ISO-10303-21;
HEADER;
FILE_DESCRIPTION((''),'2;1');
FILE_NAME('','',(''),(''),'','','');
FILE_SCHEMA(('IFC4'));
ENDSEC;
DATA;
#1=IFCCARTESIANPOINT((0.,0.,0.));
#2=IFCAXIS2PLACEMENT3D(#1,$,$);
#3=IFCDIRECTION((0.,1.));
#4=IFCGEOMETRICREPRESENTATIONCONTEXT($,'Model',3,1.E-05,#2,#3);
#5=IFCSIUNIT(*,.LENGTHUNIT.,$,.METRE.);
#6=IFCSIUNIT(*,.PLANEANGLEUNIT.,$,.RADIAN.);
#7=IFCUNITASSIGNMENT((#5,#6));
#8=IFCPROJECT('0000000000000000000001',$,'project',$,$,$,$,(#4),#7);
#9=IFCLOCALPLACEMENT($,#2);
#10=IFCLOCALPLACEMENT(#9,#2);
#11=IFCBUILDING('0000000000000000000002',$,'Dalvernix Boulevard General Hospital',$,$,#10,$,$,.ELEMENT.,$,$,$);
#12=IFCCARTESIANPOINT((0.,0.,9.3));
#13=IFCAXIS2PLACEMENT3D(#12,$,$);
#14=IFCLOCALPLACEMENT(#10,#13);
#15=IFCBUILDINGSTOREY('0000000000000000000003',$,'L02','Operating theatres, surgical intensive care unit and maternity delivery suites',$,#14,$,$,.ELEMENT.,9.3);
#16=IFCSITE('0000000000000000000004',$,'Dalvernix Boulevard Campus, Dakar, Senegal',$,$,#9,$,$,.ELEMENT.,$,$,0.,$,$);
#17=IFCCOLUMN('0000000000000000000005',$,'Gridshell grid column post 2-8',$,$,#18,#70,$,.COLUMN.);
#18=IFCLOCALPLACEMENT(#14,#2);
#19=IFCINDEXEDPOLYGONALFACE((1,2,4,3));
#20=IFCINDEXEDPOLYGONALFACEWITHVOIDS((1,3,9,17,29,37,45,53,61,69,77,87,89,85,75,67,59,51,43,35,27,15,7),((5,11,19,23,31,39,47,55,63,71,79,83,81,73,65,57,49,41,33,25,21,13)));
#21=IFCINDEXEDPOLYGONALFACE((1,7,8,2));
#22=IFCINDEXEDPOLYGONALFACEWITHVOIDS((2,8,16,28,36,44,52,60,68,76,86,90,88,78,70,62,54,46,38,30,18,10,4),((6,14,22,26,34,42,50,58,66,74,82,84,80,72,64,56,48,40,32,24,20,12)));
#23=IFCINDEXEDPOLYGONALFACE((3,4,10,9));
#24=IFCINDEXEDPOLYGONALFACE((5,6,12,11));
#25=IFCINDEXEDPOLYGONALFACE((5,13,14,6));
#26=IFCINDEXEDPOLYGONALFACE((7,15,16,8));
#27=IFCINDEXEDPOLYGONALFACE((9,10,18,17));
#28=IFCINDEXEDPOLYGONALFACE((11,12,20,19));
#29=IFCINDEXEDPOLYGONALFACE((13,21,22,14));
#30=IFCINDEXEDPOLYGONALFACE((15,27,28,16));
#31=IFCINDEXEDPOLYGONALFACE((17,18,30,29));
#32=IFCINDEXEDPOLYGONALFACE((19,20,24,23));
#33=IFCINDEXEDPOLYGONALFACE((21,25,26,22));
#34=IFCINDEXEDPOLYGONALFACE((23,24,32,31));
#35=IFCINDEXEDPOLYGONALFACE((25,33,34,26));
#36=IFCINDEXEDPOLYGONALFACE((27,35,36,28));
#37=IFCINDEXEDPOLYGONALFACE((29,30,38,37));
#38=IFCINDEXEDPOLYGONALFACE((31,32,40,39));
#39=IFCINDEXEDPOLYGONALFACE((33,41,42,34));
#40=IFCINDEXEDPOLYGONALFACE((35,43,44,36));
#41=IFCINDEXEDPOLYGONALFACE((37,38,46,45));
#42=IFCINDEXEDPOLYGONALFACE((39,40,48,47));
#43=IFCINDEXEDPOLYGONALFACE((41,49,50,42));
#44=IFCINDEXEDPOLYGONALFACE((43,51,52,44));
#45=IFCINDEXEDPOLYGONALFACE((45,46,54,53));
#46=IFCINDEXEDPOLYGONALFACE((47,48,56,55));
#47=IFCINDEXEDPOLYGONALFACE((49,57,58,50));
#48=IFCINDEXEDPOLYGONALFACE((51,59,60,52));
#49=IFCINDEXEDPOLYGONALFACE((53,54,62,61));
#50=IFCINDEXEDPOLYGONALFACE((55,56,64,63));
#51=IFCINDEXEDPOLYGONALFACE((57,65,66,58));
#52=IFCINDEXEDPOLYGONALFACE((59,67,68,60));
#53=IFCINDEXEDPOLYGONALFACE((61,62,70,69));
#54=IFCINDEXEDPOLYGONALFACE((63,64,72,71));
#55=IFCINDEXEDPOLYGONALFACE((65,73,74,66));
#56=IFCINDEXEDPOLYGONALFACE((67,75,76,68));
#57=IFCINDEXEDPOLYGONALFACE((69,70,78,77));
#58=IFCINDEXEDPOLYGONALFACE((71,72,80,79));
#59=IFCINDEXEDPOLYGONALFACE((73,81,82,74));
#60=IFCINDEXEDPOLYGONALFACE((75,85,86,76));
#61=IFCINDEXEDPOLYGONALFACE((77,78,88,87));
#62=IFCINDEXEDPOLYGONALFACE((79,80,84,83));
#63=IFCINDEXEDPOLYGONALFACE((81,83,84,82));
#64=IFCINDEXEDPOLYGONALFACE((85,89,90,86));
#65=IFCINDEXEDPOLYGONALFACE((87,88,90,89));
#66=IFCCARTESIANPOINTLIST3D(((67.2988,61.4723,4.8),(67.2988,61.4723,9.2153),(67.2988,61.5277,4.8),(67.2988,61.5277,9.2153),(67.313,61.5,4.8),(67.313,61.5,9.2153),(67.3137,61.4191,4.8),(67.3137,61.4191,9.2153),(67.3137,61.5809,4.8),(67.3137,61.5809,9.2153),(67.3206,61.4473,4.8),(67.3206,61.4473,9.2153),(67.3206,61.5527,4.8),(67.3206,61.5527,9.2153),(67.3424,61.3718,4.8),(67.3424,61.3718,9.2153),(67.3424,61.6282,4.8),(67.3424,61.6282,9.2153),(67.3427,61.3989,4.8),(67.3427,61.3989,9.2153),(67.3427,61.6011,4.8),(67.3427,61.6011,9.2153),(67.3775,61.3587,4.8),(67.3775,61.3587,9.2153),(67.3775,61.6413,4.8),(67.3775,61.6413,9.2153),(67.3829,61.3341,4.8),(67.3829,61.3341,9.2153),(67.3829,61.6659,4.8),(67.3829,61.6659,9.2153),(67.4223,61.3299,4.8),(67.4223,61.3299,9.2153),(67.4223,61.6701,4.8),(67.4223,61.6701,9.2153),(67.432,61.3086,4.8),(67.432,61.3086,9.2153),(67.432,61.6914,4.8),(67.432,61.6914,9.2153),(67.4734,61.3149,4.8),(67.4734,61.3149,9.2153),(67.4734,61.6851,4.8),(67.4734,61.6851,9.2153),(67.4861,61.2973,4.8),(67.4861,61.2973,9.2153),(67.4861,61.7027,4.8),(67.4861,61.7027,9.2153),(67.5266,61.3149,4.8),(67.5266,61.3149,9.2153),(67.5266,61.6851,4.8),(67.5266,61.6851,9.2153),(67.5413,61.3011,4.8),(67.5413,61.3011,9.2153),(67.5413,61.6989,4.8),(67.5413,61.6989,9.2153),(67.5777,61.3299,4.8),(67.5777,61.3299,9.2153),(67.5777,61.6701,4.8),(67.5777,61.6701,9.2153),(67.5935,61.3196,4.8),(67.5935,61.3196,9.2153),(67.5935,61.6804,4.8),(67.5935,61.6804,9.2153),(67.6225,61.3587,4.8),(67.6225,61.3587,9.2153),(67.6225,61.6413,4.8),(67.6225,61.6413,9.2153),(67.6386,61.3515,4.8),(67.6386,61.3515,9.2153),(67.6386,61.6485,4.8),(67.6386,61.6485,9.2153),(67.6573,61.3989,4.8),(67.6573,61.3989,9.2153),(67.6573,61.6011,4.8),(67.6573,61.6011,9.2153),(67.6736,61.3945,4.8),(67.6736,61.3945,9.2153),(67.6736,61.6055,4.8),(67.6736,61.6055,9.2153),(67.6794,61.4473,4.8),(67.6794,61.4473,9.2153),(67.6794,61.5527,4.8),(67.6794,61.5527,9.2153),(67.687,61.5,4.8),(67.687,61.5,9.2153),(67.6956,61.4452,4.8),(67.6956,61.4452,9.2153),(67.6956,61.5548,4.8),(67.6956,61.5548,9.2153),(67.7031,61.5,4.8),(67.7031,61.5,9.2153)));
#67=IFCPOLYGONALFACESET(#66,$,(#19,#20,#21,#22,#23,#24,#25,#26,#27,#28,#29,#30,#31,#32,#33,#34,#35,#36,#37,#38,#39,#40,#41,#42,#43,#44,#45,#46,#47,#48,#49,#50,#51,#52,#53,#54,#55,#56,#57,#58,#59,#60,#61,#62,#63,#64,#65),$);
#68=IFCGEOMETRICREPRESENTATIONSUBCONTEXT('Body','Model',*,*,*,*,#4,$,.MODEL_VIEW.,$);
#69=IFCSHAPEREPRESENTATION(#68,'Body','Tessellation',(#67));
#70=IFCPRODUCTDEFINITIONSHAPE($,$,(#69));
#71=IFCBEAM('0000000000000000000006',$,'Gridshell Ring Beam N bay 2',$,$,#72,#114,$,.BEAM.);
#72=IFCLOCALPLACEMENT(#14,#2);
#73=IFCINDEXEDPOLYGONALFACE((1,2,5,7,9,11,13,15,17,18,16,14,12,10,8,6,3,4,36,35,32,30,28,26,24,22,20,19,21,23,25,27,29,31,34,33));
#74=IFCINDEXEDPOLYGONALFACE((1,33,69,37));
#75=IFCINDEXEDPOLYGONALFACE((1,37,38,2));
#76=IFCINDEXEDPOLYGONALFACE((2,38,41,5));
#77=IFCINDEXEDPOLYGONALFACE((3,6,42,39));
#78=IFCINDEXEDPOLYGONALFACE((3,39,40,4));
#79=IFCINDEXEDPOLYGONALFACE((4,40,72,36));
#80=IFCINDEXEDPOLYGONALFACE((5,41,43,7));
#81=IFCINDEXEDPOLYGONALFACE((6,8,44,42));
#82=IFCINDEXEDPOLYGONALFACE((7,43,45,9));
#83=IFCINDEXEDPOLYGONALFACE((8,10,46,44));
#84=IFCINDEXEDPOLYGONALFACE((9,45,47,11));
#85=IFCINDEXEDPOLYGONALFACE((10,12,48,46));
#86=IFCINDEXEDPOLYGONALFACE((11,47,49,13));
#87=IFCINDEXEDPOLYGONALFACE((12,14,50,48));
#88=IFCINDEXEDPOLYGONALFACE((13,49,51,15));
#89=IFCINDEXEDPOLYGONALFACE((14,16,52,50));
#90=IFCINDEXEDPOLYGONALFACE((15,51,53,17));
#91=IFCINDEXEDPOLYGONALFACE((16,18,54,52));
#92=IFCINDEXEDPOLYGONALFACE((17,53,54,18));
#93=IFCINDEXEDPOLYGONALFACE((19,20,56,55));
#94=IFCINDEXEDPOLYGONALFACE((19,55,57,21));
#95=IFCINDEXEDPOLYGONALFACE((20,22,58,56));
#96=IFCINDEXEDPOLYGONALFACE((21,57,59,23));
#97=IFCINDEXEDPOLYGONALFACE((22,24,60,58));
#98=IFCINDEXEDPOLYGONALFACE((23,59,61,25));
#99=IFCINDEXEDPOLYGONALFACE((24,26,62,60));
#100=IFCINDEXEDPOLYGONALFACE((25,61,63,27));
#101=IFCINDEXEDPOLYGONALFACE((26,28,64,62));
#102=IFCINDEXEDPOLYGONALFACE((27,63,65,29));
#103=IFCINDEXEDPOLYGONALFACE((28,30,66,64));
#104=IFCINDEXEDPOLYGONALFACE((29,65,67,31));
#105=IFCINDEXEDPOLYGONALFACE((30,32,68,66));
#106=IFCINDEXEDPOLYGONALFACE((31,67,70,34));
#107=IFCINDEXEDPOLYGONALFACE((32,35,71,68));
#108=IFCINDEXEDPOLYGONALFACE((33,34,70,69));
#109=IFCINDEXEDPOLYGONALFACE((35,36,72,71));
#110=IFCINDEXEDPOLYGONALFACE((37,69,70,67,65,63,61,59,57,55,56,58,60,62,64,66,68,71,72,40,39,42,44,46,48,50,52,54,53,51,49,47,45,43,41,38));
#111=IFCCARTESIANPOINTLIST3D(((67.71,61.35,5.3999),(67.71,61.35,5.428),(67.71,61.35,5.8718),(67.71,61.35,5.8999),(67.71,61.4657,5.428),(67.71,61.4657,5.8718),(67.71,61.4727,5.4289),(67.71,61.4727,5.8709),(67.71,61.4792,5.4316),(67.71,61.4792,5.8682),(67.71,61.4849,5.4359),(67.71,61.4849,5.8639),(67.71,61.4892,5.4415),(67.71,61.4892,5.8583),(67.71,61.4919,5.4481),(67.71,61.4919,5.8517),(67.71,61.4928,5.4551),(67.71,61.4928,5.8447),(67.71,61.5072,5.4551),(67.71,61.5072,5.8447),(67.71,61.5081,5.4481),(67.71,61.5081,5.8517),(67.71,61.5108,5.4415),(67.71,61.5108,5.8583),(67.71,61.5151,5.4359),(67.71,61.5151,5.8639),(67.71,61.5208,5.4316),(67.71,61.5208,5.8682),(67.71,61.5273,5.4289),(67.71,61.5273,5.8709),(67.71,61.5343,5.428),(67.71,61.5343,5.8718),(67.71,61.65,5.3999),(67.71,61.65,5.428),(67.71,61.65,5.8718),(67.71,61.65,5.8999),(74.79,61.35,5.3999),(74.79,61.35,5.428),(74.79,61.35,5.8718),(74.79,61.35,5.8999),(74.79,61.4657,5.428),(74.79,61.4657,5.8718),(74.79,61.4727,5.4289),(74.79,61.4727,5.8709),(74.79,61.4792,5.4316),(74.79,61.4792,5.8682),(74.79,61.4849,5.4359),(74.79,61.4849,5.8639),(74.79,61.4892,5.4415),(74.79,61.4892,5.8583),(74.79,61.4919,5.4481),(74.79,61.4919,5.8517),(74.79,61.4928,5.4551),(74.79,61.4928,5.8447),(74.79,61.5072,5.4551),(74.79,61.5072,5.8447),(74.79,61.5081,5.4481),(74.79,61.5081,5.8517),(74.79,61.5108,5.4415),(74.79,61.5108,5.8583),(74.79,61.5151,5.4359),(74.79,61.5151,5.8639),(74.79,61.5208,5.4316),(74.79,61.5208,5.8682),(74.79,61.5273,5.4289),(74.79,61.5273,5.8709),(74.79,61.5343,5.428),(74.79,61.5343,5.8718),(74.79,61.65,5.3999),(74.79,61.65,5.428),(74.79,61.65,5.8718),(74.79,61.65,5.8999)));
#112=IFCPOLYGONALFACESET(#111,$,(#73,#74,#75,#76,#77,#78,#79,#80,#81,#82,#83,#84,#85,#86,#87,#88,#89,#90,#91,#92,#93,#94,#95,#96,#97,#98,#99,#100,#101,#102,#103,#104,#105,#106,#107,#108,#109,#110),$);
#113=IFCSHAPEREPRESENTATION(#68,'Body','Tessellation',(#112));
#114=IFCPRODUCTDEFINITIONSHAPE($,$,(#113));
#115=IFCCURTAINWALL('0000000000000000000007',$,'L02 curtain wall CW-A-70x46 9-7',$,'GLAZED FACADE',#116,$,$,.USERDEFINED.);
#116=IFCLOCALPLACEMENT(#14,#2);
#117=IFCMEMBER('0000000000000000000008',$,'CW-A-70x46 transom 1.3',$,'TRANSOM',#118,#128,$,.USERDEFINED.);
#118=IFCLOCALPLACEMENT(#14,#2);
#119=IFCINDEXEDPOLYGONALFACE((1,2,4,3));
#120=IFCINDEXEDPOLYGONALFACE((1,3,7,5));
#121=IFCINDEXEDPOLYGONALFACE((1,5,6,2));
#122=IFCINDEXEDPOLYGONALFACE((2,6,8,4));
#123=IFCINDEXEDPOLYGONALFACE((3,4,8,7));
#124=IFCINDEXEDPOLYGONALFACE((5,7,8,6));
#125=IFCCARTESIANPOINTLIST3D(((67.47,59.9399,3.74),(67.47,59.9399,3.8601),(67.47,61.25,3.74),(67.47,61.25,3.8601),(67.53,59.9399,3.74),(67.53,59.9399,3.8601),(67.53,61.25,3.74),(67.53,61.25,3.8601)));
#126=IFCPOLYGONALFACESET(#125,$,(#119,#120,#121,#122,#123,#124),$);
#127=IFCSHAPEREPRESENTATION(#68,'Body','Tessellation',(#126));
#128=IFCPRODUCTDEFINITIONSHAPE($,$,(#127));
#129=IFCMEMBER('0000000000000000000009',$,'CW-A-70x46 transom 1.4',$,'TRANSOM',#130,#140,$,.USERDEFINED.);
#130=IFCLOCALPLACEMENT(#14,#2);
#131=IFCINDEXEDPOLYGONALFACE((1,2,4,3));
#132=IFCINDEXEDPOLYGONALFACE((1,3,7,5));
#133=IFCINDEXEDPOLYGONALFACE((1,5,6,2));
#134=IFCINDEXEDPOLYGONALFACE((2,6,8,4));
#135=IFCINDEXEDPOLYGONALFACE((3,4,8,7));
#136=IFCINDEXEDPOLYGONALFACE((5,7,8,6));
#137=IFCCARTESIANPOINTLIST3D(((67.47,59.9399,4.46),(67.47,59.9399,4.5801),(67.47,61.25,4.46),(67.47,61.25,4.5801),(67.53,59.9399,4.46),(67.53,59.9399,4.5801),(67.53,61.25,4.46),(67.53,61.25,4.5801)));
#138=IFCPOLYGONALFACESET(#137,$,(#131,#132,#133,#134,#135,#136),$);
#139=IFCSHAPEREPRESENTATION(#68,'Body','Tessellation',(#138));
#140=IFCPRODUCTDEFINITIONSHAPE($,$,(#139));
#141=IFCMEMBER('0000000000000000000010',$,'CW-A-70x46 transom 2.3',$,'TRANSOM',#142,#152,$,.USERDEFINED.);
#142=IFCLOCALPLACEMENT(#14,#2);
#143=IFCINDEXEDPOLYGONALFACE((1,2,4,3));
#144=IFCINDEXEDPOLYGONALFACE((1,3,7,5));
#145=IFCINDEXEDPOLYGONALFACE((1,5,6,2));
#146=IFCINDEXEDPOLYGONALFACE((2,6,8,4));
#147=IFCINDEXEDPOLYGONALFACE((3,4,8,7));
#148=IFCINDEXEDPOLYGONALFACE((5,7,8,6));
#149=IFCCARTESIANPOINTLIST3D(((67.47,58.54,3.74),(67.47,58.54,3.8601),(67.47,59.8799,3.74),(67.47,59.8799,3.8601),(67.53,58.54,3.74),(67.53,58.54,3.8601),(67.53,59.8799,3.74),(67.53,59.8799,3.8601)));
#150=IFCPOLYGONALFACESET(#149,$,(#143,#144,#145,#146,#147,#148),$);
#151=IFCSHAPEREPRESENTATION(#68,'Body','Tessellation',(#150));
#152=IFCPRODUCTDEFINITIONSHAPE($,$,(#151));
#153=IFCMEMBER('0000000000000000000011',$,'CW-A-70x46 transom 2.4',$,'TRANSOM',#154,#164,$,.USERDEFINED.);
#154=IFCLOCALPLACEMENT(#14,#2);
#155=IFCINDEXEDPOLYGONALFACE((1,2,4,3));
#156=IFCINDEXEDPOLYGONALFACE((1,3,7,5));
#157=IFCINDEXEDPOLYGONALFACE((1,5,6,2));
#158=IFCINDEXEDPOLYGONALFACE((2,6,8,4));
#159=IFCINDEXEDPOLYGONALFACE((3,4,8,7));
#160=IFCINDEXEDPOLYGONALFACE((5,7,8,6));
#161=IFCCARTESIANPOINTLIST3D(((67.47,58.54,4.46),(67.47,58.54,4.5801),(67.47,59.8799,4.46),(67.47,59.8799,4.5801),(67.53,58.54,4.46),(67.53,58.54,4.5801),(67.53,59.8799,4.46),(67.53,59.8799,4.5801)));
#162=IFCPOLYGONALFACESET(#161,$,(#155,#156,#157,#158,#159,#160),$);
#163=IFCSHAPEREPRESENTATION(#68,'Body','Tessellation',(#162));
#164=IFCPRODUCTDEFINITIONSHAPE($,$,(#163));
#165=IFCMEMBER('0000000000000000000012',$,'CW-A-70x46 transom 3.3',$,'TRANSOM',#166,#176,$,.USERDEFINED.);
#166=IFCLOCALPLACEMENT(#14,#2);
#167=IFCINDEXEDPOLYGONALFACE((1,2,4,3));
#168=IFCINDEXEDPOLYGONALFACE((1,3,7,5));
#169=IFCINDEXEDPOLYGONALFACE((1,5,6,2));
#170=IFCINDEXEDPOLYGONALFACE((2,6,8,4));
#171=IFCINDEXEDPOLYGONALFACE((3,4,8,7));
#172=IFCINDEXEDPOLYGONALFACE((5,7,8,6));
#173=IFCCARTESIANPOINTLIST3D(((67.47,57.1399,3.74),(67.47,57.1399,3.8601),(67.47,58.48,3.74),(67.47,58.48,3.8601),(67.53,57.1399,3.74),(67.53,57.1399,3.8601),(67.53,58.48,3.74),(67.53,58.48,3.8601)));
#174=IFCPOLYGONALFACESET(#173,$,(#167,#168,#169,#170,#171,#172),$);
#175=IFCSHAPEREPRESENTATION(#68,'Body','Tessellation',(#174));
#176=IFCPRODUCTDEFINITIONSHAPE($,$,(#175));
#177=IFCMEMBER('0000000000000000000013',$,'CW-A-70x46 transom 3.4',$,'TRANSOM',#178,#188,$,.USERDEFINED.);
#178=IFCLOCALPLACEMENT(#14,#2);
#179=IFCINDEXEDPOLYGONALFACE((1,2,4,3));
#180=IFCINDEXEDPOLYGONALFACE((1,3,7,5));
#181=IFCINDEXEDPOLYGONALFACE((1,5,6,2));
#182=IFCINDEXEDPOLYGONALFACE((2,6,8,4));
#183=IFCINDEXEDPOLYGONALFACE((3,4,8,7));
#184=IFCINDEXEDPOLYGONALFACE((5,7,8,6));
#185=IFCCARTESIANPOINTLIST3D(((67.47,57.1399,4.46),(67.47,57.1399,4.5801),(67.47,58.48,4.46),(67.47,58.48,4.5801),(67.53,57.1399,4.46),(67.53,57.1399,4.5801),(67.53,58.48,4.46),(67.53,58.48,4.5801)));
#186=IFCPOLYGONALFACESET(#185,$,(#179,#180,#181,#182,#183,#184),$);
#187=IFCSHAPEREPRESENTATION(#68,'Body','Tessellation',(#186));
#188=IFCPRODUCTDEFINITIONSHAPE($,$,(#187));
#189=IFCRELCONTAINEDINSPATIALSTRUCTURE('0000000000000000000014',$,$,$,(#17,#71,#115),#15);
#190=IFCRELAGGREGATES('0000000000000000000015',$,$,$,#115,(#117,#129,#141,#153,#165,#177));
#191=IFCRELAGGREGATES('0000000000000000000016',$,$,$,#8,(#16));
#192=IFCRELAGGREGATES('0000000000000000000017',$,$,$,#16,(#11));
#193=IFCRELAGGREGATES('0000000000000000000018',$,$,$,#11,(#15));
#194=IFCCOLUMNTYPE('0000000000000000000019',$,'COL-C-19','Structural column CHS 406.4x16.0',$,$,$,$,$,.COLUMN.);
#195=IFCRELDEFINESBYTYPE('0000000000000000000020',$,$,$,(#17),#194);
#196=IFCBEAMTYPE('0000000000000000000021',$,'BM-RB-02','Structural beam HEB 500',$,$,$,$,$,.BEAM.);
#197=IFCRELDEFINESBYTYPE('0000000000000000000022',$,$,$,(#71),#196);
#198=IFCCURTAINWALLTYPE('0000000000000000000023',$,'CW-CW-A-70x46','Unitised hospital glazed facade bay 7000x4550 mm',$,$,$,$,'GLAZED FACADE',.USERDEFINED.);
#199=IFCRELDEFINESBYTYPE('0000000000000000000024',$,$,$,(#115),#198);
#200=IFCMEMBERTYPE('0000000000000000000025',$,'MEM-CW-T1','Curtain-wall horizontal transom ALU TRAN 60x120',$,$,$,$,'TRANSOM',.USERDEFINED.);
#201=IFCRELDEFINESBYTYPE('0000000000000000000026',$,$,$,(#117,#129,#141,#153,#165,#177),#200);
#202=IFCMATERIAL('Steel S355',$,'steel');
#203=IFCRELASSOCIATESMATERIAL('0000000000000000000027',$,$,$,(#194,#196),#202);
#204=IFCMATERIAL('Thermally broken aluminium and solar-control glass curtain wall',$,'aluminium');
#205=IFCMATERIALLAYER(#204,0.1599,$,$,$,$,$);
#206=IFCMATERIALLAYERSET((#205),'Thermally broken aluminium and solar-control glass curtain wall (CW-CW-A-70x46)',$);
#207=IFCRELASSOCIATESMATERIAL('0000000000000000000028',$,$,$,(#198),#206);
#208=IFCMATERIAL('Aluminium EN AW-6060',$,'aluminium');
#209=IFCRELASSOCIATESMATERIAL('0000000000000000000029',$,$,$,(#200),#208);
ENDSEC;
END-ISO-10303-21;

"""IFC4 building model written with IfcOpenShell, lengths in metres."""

from ifc_helpers import new_model, si_unit, direction, frame, origin, origin_2d, place, context, subcontext, project, spatial, rectangle, hollow_circle, i_section, extrude, material, layer, layer_set, material_profile, profile_set, type_object, element, aggregate, save


model = new_model("IFC4")

# Units and contexts
model_context = context("Model", 3, precision=1e-05, world=origin(), true_north=direction((0.0, 1.0)))
body_context = subcontext(model_context, "Body", "Model", "MODEL_VIEW")
ifc_project = project(units=[si_unit("LENGTHUNIT", "METRE"), si_unit("PLANEANGLEUNIT", "RADIAN")], contexts=[model_context])

# Site, building, storey
site_placement = place(None, origin())
site = spatial("IfcSite", under=ifc_project, at=site_placement, Name="Dalvernix Boulevard Campus, Dakar, Senegal", CompositionType="ELEMENT", RefElevation=0.0)
building_placement = place(site_placement, origin())
building = spatial("IfcBuilding", under=site, at=building_placement, Name="Dalvernix Boulevard General Hospital", CompositionType="ELEMENT")
storey_placement = place(building_placement, frame((0.0, 0.0, 9.3)))
storey = spatial("IfcBuildingStorey", under=building, at=storey_placement, Name="L02", Description="Operating theatres, surgical intensive care unit and maternity delivery suites", CompositionType="ELEMENT", Elevation=9.3)

# Column
ifc_material_1 = material(Name="Steel S355", Category="steel")
ifc_material_profile_1 = material_profile(ifc_material_1, hollow_circle(Radius=0.2031, WallThickness=0.0161, at=origin_2d()), Name="CHS 406.4x16.0")
ifc_profile_set_1 = profile_set([ifc_material_profile_1], Name="Steel S355")
column_type = type_object("IfcColumnType", Name="COL-C-19", Description="Structural column CHS 406.4x16.0", PredefinedType="COLUMN", material=ifc_profile_set_1)
column_placement = place(storey_placement, frame((67.5, 61.5, 4.8), z_axis=(0.0, 0.0, 1.0), x_axis=(1.0, 0.0, 0.0)))
element("IfcColumn", 1, at=column_placement, inside=storey, type_object=column_type, Name="Gridshell grid column post 2-8", PredefinedType="COLUMN", context=body_context, shape_type="SweptSolid", body=[
    extrude(hollow_circle(Radius=0.2031, WallThickness=0.0161, at=origin_2d()), origin(), (0.0, 0.0, 1.0), 4.4153),
])

# Beam
ifc_material_profile_2 = material_profile(ifc_material_1, i_section(OverallWidth=0.3, OverallDepth=0.5, WebThickness=0.0144, FlangeThickness=0.0281, FilletRadius=0.0271, at=origin_2d()), Name="HEB 500")
ifc_profile_set_2 = profile_set([ifc_material_profile_2], Name="Steel S355")
beam_type = type_object("IfcBeamType", Name="BM-RB-02", Description="Structural beam HEB 500", PredefinedType="BEAM", material=ifc_profile_set_2)
beam_placement = place(storey_placement, frame((67.71, 61.5, 5.6499), z_axis=(1.0, 0.0, 0.0), x_axis=(0.0, 1.0, 0.0)))
element("IfcBeam", 2, at=beam_placement, inside=storey, type_object=beam_type, Name="Gridshell Ring Beam N bay 2", PredefinedType="BEAM", context=body_context, shape_type="SweptSolid", body=[
    extrude(i_section(OverallWidth=0.3, OverallDepth=0.5, WebThickness=0.0144, FlangeThickness=0.0281, FilletRadius=0.0271, at=origin_2d()), origin(), (0.0, 0.0, 1.0), 7.0801),
])

# Curtain wall, members
ifc_material_2 = material(Name="Thermally broken aluminium and solar-control glass curtain wall", Category="aluminium")
ifc_layer_1 = layer(ifc_material_2, 0.1599)
ifc_layer_set_1 = layer_set([ifc_layer_1], Name="Thermally broken aluminium and solar-control glass curtain wall (CW-CW-A-70x46)")
curtain_wall_type_1 = type_object("IfcCurtainWallType", Name="CW-CW-A-70x46", Description="Unitised hospital glazed facade bay 7000x4550 mm", ElementType="GLAZED FACADE", PredefinedType="USERDEFINED", material=ifc_layer_set_1)
curtain_wall_1_placement = place(storey_placement, origin())
curtain_wall_1 = element("IfcCurtainWall", 3, at=curtain_wall_1_placement, inside=storey, type_object=curtain_wall_type_1, Name="L02 curtain wall CW-A-70x46 9-7", ObjectType="GLAZED FACADE", PredefinedType="USERDEFINED")
ifc_material_3 = material(Name="Aluminium EN AW-6060", Category="aluminium")
ifc_material_profile_3 = material_profile(ifc_material_3, rectangle(XDim=0.0601, YDim=0.1201, at=origin_2d()), Name="ALU TRAN 60x120")
ifc_profile_set_3 = profile_set([ifc_material_profile_3], Name="Aluminium EN AW-6060")
member_type_1 = type_object("IfcMemberType", Name="MEM-CW-T1", Description="Curtain-wall horizontal transom ALU TRAN 60x120", ElementType="TRANSOM", PredefinedType="USERDEFINED", material=ifc_profile_set_3)
member_1_placement = place(storey_placement, frame((67.5, 61.25, 3.8), z_axis=(0.0, -1.0, 0.0), x_axis=(1.0, 0.0, 0.0)))
member_1 = element("IfcMember", 4, at=member_1_placement, type_object=member_type_1, Name="CW-A-70x46 transom 1.3", ObjectType="TRANSOM", PredefinedType="USERDEFINED", context=body_context, shape_type="SweptSolid", body=[
    extrude(rectangle(XDim=0.0601, YDim=0.1201, at=origin_2d()), origin(), (0.0, 0.0, 1.0), 1.3101),
])
member_2_placement = place(storey_placement, frame((67.5, 61.25, 4.52), z_axis=(0.0, -1.0, 0.0), x_axis=(1.0, 0.0, 0.0)))
member_2 = element("IfcMember", 5, at=member_2_placement, type_object=member_type_1, Name="CW-A-70x46 transom 1.4", ObjectType="TRANSOM", PredefinedType="USERDEFINED", context=body_context, shape_type="SweptSolid", body=[
    extrude(rectangle(XDim=0.0601, YDim=0.1201, at=origin_2d()), origin(), (0.0, 0.0, 1.0), 1.3101),
])
member_3_placement = place(storey_placement, frame((67.5, 59.8799, 3.8), z_axis=(0.0, -1.0, 0.0), x_axis=(1.0, 0.0, 0.0)))
member_3 = element("IfcMember", 6, at=member_3_placement, type_object=member_type_1, Name="CW-A-70x46 transom 2.3", ObjectType="TRANSOM", PredefinedType="USERDEFINED", context=body_context, shape_type="SweptSolid", body=[
    extrude(rectangle(XDim=0.0601, YDim=0.1201, at=origin_2d()), origin(), (0.0, 0.0, 1.0), 1.3398),
])
member_4_placement = place(storey_placement, frame((67.5, 59.8799, 4.52), z_axis=(0.0, -1.0, 0.0), x_axis=(1.0, 0.0, 0.0)))
member_4 = element("IfcMember", 7, at=member_4_placement, type_object=member_type_1, Name="CW-A-70x46 transom 2.4", ObjectType="TRANSOM", PredefinedType="USERDEFINED", context=body_context, shape_type="SweptSolid", body=[
    extrude(rectangle(XDim=0.0601, YDim=0.1201, at=origin_2d()), origin(), (0.0, 0.0, 1.0), 1.3398),
])
member_5_placement = place(storey_placement, frame((67.5, 58.48, 3.8), z_axis=(0.0, -1.0, 0.0), x_axis=(1.0, 0.0, 0.0)))
member_5 = element("IfcMember", 8, at=member_5_placement, type_object=member_type_1, Name="CW-A-70x46 transom 3.3", ObjectType="TRANSOM", PredefinedType="USERDEFINED", context=body_context, shape_type="SweptSolid", body=[
    extrude(rectangle(XDim=0.0601, YDim=0.1201, at=origin_2d()), origin(), (0.0, 0.0, 1.0), 1.3401),
])
member_6_placement = place(storey_placement, frame((67.5, 58.48, 4.52), z_axis=(0.0, -1.0, 0.0), x_axis=(1.0, 0.0, 0.0)))
member_6 = element("IfcMember", 9, at=member_6_placement, type_object=member_type_1, Name="CW-A-70x46 transom 3.4", ObjectType="TRANSOM", PredefinedType="USERDEFINED", context=body_context, shape_type="SweptSolid", body=[
    extrude(rectangle(XDim=0.0601, YDim=0.1201, at=origin_2d()), origin(), (0.0, 0.0, 1.0), 1.3401),
])

aggregate(curtain_wall_1, [member_1, member_2, member_3, member_4, member_5, member_6])

save(model, "model.ifc")
